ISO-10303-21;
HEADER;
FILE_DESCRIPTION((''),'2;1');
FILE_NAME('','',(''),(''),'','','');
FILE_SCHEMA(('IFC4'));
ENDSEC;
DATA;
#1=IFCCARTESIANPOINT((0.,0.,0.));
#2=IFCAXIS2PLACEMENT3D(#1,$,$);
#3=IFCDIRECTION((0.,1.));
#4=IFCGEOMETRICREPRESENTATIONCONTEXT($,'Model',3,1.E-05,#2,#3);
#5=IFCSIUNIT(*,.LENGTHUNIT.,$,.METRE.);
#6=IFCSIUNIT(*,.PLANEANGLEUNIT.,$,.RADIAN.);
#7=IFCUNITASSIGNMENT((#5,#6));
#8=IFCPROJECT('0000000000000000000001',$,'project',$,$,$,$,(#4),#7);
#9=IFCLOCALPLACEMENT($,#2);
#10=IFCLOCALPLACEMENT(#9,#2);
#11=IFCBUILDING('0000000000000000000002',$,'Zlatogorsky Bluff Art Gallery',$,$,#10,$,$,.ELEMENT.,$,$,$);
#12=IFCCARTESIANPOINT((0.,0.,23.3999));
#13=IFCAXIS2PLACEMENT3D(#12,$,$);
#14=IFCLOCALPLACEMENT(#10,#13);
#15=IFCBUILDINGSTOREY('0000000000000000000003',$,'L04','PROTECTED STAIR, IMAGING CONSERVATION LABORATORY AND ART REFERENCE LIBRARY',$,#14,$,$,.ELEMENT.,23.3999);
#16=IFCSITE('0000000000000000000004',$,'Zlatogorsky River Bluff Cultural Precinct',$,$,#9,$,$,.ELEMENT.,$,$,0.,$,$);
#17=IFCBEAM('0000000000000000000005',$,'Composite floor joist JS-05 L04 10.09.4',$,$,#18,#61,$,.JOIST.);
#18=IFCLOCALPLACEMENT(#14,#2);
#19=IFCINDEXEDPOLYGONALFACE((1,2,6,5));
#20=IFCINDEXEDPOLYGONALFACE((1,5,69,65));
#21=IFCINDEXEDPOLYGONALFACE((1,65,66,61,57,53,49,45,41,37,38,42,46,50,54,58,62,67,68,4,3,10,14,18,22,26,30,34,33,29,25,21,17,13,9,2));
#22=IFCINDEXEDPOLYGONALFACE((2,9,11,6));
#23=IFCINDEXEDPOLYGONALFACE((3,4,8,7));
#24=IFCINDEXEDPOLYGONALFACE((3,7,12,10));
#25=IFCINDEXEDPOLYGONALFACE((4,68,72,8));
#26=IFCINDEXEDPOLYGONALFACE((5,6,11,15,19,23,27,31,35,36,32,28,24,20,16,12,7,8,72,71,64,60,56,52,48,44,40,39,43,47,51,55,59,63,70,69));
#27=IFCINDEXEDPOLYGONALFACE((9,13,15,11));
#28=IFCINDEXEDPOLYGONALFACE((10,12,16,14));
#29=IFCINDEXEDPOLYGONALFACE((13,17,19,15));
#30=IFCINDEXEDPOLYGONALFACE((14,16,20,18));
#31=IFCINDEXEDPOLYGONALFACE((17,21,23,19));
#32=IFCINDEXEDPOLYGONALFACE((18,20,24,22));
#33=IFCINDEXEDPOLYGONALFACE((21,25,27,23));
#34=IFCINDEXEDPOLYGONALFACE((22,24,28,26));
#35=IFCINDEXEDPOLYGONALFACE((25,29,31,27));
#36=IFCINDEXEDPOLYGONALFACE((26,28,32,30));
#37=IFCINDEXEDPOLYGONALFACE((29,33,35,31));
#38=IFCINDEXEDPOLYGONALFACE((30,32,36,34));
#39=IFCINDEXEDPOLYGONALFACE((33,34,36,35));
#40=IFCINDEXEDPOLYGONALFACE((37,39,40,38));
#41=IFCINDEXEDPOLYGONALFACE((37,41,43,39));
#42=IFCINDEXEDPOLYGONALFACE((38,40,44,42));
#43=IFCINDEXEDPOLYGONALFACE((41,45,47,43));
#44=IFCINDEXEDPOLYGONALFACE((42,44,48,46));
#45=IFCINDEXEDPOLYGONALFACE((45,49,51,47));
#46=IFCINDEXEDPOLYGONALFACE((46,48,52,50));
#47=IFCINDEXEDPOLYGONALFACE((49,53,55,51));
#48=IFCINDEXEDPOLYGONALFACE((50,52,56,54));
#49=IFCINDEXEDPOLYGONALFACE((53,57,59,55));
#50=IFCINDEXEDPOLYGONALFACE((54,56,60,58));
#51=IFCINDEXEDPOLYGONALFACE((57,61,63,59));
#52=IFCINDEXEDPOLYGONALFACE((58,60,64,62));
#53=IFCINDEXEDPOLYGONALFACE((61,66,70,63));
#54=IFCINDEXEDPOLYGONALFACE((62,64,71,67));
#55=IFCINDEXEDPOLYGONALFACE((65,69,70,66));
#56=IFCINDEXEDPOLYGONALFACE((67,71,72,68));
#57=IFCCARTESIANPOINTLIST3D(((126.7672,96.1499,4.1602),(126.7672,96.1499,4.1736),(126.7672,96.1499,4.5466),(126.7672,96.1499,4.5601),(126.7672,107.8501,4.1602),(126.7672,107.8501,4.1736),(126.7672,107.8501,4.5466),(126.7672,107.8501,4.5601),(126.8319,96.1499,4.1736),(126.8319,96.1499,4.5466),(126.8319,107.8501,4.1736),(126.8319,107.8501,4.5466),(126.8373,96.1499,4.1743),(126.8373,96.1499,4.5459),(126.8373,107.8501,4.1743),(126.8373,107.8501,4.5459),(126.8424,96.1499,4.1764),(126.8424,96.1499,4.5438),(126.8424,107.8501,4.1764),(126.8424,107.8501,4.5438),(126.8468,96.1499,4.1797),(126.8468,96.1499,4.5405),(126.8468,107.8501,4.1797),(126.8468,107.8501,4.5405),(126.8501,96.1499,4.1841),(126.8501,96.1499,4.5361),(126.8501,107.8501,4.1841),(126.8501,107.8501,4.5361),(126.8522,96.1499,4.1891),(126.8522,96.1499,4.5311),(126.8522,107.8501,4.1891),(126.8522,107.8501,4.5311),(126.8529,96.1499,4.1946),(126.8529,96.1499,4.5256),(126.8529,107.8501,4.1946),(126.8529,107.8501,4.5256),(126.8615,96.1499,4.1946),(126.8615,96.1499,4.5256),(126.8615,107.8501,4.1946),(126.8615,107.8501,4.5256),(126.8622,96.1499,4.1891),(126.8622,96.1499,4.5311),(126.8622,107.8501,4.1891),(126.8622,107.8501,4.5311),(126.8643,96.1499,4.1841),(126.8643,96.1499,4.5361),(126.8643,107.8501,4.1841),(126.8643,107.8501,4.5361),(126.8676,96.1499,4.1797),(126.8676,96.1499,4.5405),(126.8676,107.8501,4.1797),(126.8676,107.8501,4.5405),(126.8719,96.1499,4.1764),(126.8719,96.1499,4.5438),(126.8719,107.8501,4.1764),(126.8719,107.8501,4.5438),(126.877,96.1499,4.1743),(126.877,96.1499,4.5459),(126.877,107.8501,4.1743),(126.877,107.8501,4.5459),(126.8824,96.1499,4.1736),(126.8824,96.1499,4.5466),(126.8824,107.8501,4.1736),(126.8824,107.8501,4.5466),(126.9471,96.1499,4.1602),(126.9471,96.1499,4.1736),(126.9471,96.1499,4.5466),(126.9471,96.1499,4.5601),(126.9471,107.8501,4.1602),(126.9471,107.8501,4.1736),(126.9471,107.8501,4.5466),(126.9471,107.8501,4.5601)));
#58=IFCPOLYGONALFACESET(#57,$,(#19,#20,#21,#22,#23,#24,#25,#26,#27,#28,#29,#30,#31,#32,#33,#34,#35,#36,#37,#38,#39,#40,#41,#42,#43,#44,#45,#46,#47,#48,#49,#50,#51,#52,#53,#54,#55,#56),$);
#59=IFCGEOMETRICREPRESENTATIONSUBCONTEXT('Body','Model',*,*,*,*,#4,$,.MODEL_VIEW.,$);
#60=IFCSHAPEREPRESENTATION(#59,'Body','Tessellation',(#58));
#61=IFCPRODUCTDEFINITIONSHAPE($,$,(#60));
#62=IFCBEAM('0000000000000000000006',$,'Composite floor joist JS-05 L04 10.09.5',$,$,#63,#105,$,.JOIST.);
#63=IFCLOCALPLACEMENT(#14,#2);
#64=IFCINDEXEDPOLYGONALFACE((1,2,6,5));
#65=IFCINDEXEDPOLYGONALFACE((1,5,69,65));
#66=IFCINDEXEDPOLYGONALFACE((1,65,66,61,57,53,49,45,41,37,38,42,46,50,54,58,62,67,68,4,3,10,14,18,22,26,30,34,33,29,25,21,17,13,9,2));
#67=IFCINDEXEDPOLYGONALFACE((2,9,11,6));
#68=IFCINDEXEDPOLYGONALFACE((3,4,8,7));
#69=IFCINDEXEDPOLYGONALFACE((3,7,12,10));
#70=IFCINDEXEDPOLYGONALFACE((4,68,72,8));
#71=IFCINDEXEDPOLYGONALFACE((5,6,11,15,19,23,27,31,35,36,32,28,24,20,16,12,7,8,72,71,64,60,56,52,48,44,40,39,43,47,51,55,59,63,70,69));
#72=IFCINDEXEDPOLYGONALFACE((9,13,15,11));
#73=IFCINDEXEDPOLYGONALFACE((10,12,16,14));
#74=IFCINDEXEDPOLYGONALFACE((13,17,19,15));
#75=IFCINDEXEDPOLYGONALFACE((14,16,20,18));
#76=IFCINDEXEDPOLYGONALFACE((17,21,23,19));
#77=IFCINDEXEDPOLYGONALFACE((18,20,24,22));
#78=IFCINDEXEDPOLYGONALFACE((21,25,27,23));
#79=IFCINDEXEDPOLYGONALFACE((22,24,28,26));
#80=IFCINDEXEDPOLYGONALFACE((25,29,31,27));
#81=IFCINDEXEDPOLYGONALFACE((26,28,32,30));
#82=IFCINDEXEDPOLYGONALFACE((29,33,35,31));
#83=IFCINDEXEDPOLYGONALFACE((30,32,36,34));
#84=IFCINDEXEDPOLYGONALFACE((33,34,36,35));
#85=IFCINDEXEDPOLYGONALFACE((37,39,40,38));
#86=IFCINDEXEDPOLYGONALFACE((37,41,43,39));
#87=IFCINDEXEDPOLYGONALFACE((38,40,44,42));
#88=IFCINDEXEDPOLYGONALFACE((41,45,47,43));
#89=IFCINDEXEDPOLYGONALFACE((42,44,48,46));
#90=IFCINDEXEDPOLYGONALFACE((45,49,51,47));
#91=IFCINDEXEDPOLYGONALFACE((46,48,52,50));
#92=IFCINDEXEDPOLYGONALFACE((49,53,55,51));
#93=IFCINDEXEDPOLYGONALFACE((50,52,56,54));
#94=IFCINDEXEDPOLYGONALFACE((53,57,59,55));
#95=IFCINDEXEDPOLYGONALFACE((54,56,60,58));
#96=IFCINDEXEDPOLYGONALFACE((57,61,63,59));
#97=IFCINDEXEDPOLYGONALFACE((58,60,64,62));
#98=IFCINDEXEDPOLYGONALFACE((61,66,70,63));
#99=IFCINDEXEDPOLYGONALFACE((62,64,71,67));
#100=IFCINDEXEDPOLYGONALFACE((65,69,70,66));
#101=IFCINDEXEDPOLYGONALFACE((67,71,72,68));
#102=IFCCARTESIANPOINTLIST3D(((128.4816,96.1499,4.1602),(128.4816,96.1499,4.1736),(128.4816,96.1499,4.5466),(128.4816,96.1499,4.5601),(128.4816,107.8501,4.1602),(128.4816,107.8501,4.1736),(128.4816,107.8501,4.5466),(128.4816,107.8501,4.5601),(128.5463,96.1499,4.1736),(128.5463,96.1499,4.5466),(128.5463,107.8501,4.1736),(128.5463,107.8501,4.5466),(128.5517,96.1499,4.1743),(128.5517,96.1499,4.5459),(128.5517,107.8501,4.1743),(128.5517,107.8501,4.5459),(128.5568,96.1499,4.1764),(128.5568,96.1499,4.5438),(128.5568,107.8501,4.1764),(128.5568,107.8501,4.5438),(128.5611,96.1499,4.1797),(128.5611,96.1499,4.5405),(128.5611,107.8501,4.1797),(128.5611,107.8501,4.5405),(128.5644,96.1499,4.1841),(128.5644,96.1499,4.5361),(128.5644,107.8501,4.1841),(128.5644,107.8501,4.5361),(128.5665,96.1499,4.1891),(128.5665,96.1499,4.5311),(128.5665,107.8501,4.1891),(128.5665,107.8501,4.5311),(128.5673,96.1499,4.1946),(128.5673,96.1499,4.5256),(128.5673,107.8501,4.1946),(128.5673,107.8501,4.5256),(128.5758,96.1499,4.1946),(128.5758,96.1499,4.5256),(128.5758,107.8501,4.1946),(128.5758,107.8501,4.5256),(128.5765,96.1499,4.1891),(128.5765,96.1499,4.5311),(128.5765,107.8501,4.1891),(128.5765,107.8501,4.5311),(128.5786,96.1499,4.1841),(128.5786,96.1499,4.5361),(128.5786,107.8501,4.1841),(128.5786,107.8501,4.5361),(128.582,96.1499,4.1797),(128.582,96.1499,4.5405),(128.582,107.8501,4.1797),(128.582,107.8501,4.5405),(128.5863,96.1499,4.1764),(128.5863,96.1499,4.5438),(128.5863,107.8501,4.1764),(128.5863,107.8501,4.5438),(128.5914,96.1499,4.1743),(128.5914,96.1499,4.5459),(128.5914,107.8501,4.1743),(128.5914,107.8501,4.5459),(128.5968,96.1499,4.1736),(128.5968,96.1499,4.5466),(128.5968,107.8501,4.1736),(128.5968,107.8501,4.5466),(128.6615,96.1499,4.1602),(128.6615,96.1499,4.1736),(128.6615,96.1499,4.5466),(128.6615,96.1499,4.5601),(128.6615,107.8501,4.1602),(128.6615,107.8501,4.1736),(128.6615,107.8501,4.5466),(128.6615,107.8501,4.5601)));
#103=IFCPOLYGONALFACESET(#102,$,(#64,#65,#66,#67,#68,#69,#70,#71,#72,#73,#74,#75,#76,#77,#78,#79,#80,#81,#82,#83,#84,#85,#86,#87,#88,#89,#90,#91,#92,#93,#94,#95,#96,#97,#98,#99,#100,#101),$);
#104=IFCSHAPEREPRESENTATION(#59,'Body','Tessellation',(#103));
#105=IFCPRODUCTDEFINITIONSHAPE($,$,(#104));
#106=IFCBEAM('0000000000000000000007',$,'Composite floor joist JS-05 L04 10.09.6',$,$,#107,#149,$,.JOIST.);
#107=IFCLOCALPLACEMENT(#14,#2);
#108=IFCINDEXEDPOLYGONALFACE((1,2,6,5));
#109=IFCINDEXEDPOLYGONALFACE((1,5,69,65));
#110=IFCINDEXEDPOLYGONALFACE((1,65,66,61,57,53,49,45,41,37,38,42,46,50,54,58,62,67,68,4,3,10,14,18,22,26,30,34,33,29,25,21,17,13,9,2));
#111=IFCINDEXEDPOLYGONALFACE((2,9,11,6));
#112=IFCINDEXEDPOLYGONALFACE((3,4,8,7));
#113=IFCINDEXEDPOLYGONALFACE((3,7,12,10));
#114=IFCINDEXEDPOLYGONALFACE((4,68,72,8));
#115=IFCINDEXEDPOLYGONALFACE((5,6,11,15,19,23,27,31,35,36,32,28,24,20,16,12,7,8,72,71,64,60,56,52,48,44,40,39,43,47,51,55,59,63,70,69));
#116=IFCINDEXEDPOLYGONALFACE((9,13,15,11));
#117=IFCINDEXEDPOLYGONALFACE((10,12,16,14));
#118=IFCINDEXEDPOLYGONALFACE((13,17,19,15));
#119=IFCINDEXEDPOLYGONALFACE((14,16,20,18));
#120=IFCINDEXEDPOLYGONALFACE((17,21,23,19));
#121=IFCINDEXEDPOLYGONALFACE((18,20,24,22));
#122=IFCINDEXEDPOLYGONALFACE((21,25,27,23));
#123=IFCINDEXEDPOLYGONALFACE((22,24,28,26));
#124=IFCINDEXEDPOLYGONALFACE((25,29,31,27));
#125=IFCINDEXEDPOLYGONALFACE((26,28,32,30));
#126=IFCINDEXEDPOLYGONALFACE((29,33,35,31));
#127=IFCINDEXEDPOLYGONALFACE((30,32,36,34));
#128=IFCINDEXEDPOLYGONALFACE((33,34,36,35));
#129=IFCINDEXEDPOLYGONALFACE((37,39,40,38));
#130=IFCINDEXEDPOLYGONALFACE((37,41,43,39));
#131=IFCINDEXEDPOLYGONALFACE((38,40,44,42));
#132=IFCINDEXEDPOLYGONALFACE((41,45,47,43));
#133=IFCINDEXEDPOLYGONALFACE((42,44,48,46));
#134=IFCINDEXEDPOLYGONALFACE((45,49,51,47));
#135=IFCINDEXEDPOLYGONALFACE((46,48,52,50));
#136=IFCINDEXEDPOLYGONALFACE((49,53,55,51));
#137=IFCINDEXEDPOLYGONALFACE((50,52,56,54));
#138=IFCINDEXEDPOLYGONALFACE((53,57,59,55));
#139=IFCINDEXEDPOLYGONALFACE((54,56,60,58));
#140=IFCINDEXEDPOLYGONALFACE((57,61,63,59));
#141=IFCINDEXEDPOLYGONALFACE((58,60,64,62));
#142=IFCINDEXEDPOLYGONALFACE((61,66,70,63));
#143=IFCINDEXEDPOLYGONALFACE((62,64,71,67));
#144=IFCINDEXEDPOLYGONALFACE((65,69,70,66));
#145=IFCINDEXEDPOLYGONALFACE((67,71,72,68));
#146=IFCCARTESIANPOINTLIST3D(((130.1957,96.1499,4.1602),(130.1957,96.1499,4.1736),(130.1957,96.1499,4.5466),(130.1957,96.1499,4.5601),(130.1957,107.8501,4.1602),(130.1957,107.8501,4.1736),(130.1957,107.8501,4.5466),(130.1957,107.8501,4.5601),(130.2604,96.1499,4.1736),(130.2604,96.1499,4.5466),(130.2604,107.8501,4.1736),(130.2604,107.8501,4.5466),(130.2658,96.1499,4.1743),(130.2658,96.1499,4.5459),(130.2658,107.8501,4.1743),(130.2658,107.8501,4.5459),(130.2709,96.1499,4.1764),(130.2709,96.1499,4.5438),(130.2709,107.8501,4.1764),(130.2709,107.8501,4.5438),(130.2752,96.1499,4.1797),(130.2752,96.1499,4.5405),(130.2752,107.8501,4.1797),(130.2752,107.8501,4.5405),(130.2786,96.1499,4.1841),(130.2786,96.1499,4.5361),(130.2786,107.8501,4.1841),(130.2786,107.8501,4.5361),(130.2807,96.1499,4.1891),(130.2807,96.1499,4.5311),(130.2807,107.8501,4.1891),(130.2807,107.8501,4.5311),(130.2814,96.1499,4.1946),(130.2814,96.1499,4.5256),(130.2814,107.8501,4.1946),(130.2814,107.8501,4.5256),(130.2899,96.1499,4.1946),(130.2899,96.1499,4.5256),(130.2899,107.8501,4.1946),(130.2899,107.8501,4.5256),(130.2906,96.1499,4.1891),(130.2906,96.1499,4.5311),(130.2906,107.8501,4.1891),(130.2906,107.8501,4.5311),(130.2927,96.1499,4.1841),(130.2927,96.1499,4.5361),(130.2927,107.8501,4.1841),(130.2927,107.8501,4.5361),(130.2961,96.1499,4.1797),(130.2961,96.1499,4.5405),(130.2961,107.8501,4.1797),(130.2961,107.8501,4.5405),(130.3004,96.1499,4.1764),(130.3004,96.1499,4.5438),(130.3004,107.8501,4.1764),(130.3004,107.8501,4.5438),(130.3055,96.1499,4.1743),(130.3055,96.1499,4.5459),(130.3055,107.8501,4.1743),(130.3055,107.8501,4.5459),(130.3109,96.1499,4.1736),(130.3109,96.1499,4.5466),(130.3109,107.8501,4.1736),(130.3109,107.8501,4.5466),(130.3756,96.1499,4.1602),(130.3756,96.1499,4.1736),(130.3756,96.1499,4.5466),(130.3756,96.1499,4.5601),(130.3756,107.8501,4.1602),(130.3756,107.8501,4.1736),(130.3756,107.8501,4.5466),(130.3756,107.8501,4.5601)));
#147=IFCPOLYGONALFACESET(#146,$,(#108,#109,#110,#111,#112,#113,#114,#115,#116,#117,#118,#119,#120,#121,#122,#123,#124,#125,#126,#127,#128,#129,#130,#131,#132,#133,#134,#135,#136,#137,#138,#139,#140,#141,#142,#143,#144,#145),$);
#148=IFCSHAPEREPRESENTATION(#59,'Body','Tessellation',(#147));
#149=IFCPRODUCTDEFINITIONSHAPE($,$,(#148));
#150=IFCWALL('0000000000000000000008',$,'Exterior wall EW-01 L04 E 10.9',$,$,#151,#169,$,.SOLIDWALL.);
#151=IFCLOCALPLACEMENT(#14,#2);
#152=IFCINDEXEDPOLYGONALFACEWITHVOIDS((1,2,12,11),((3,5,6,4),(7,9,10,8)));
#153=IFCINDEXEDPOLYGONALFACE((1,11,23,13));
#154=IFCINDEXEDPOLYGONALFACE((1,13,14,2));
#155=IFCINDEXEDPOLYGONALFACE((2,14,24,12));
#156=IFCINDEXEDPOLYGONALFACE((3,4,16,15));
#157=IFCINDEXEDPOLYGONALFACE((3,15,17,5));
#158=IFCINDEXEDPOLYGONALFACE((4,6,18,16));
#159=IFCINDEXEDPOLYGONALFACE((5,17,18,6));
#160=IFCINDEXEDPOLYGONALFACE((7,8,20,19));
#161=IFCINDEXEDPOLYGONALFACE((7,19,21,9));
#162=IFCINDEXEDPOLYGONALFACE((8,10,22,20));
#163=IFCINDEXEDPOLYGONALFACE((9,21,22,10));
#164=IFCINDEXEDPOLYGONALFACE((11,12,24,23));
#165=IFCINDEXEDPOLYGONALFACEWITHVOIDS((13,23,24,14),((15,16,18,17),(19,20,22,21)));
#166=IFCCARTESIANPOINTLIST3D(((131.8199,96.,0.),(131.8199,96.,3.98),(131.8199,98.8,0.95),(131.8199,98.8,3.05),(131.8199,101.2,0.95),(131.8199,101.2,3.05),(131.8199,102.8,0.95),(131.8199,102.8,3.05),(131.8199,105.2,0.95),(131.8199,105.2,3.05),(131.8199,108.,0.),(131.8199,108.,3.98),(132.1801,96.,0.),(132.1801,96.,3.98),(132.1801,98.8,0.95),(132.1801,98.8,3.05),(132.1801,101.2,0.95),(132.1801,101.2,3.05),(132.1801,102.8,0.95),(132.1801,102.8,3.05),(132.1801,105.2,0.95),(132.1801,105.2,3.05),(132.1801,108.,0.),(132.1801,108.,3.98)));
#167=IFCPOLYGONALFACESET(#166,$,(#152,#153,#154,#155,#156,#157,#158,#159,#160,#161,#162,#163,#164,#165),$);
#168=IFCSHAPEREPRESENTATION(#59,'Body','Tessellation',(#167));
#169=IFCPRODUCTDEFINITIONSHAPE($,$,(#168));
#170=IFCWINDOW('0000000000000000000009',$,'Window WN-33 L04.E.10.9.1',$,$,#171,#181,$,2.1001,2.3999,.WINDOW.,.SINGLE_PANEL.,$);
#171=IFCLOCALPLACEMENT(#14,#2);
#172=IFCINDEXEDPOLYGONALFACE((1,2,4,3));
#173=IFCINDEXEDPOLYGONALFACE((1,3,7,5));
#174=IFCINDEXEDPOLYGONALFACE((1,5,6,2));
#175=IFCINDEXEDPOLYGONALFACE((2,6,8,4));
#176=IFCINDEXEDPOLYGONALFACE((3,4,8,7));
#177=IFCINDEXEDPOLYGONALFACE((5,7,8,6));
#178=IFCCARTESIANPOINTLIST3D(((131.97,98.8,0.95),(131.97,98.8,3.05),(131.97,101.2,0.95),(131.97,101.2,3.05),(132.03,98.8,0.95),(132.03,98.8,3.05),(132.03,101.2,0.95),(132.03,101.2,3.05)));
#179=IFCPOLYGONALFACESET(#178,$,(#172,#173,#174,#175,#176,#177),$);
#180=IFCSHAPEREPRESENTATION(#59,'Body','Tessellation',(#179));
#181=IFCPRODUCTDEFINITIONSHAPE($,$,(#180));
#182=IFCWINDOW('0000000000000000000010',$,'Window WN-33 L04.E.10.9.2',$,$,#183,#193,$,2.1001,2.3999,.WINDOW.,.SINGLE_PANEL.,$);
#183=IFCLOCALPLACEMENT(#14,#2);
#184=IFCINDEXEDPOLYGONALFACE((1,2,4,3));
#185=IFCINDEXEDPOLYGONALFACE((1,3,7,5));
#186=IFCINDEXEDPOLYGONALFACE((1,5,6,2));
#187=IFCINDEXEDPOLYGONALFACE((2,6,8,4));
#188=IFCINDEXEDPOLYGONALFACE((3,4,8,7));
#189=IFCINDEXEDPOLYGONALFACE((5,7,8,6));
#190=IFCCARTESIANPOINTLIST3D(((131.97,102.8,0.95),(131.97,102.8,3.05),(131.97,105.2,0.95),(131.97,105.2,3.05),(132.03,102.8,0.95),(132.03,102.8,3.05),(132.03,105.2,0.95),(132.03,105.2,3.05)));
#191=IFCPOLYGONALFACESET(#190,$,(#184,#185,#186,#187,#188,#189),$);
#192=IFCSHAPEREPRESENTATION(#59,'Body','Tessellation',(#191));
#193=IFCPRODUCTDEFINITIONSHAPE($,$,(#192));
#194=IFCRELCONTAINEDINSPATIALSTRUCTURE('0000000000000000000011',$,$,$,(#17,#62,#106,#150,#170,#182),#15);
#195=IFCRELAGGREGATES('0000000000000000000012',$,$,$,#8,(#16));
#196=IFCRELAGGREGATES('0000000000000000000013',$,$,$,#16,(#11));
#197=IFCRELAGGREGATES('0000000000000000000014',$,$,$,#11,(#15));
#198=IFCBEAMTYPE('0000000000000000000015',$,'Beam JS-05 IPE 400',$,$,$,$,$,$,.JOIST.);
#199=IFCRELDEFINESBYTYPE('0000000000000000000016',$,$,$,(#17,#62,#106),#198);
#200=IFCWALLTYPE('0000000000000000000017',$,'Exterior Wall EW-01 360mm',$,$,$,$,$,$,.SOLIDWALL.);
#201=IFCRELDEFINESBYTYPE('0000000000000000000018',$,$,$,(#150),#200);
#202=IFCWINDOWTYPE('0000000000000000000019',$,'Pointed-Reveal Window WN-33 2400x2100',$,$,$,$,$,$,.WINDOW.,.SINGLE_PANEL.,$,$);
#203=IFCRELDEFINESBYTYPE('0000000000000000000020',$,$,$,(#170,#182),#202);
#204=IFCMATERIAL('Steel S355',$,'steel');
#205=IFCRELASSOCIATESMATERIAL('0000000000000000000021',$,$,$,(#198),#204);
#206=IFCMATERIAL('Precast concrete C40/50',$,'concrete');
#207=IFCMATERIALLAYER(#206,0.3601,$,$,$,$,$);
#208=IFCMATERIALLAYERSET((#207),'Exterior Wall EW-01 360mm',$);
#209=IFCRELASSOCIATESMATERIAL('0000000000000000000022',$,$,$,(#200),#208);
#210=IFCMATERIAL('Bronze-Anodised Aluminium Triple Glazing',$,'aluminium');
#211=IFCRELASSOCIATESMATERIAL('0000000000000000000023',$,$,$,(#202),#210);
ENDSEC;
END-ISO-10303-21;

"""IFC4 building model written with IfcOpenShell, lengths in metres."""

from ifc_helpers import new_model, si_unit, direction, frame, frame_2d, origin, origin_2d, place, context, subcontext, project, spatial, rectangle, i_section, extrude, material, layer, layer_set, material_profile, profile_set, type_object, element, fill, save


model = new_model("IFC4")

# Units and contexts
model_context = context("Model", 3, precision=1e-05, world=origin(), true_north=direction((0.0, 1.0)))
body_context = subcontext(model_context, "Body", "Model", "MODEL_VIEW")
ifc_project = project(units=[si_unit("LENGTHUNIT", "METRE"), si_unit("PLANEANGLEUNIT", "RADIAN")], contexts=[model_context])

# Site, building, storey
site_placement = place(None, origin())
site = spatial("IfcSite", under=ifc_project, at=site_placement, Name="Zlatogorsky River Bluff Cultural Precinct", CompositionType="ELEMENT", RefElevation=0.0)
building_placement = place(site_placement, origin())
building = spatial("IfcBuilding", under=site, at=building_placement, Name="Zlatogorsky Bluff Art Gallery", CompositionType="ELEMENT")
storey_placement = place(building_placement, frame((0.0, 0.0, 23.3999)))
storey = spatial("IfcBuildingStorey", under=building, at=storey_placement, Name="L04", Description="PROTECTED STAIR, IMAGING CONSERVATION LABORATORY AND ART REFERENCE LIBRARY", CompositionType="ELEMENT", Elevation=23.3999)

# Shared definitions
ifc_material_1 = material(Name="Steel S355", Category="steel")

# Beams
ifc_material_profile_1 = material_profile(ifc_material_1, i_section(OverallWidth=0.1799, OverallDepth=0.3999, WebThickness=0.0085, FlangeThickness=0.0134, FilletRadius=0.021, at=origin_2d()), Name="IPE 400")
ifc_profile_set_1 = profile_set([ifc_material_profile_1], Name="Steel S355")
beam_type_1 = type_object("IfcBeamType", Name="Beam JS-05 IPE 400", PredefinedType="JOIST", material=ifc_profile_set_1)
for number, where, z_axis, x_axis, name in (
    (1, (126.8572, 96.1499, 4.3601), (0.0, 1.0, 0.0), (-1.0, 0.0, 0.0), "Composite floor joist JS-05 L04 10.09.4"),
    (2, (128.5715, 96.1499, 4.3601), (0.0, 1.0, 0.0), (-1.0, 0.0, 0.0), "Composite floor joist JS-05 L04 10.09.5"),
    (3, (130.2856, 96.1499, 4.3601), (0.0, 1.0, 0.0), (-1.0, 0.0, 0.0), "Composite floor joist JS-05 L04 10.09.6"),
):
    element("IfcBeam", number, at=place(storey_placement, frame(where, z_axis=z_axis, x_axis=x_axis)), inside=storey, type_object=beam_type_1, Name=name, PredefinedType="JOIST", context=body_context, shape_type="SweptSolid", body=[
        extrude(i_section(OverallWidth=0.1799, OverallDepth=0.3999, WebThickness=0.0085, FlangeThickness=0.0134, FilletRadius=0.021, at=origin_2d()), origin(), (0.0, 0.0, 1.0), 11.7002),
    ])

# Wall, openings, windows
ifc_material_2 = material(Name="Precast concrete C40/50", Category="concrete")
ifc_layer_1 = layer(ifc_material_2, 0.3601)
ifc_layer_set_1 = layer_set([ifc_layer_1], Name="Exterior Wall EW-01 360mm")
wall_type_1 = type_object("IfcWallType", Name="Exterior Wall EW-01 360mm", PredefinedType="SOLIDWALL", material=ifc_layer_set_1)
wall_1_placement = place(storey_placement, frame((132.0, 96.0, 0.0), z_axis=(0.0, 0.0, 1.0), x_axis=(0.0, 1.0, 0.0)))
wall_1 = element("IfcWall", 4, at=wall_1_placement, inside=storey, type_object=wall_type_1, Name="Exterior wall EW-01 L04 E 10.9", PredefinedType="SOLIDWALL", context=body_context, shape_type="SweptSolid", body=[
    extrude(rectangle(XDim=12.0, YDim=0.3601, at=frame_2d((6.0, 0.0))), origin(), (0.0, 0.0, 1.0), 3.98),
])
opening_1_placement = place(wall_1_placement, frame((2.8, 0.0, 0.95)))
opening_1 = element("IfcOpeningElement", 5, at=opening_1_placement, cuts=wall_1, PredefinedType="OPENING", context=body_context, shape_type="SweptSolid", body=[
    extrude(rectangle(XDim=2.3999, YDim=2.1001, at=frame_2d((1.2, 1.05))), frame((0.0, 0.1899, 0.0), z_axis=(0.0, -1.0, 0.0), x_axis=(1.0, 0.0, 0.0)), (0.0, 0.0, 1.0), 0.3801),
])
opening_2_placement = place(wall_1_placement, frame((6.8, 0.0, 0.95)))
opening_2 = element("IfcOpeningElement", 6, at=opening_2_placement, cuts=wall_1, PredefinedType="OPENING", context=body_context, shape_type="SweptSolid", body=[
    extrude(rectangle(XDim=2.3999, YDim=2.1001, at=frame_2d((1.2, 1.05))), frame((0.0, 0.1899, 0.0), z_axis=(0.0, -1.0, 0.0), x_axis=(1.0, 0.0, 0.0)), (0.0, 0.0, 1.0), 0.3801),
])
ifc_material_3 = material(Name="Bronze-Anodised Aluminium Triple Glazing", Category="aluminium")
window_type = type_object("IfcWindowType", Name="Pointed-Reveal Window WN-33 2400x2100", PartitioningType="SINGLE_PANEL", PredefinedType="WINDOW", material=ifc_material_3)
window_1_placement = place(opening_1_placement, origin())
window_1 = element("IfcWindow", 7, at=window_1_placement, inside=storey, type_object=window_type, Name="Window WN-33 L04.E.10.9.1", OverallHeight=2.1001, OverallWidth=2.3999, PartitioningType="SINGLE_PANEL", PredefinedType="WINDOW", context=body_context, shape_type="SweptSolid", body=[
    extrude(rectangle(XDim=2.3999, YDim=2.1001, at=frame_2d((1.2, 1.05))), frame((0.0, 0.03, 0.0), z_axis=(0.0, -1.0, 0.0), x_axis=(1.0, 0.0, 0.0)), (0.0, 0.0, 1.0), 0.0601),
])
fill(opening_1, window_1)
window_2_placement = place(opening_2_placement, origin())
window_2 = element("IfcWindow", 8, at=window_2_placement, inside=storey, type_object=window_type, Name="Window WN-33 L04.E.10.9.2", OverallHeight=2.1001, OverallWidth=2.3999, PartitioningType="SINGLE_PANEL", PredefinedType="WINDOW", context=body_context, shape_type="SweptSolid", body=[
    extrude(rectangle(XDim=2.3999, YDim=2.1001, at=frame_2d((1.2, 1.05))), frame((0.0, 0.03, 0.0), z_axis=(0.0, -1.0, 0.0), x_axis=(1.0, 0.0, 0.0)), (0.0, 0.0, 1.0), 0.0601),
])
fill(opening_2, window_2)

save(model, "model.ifc")
